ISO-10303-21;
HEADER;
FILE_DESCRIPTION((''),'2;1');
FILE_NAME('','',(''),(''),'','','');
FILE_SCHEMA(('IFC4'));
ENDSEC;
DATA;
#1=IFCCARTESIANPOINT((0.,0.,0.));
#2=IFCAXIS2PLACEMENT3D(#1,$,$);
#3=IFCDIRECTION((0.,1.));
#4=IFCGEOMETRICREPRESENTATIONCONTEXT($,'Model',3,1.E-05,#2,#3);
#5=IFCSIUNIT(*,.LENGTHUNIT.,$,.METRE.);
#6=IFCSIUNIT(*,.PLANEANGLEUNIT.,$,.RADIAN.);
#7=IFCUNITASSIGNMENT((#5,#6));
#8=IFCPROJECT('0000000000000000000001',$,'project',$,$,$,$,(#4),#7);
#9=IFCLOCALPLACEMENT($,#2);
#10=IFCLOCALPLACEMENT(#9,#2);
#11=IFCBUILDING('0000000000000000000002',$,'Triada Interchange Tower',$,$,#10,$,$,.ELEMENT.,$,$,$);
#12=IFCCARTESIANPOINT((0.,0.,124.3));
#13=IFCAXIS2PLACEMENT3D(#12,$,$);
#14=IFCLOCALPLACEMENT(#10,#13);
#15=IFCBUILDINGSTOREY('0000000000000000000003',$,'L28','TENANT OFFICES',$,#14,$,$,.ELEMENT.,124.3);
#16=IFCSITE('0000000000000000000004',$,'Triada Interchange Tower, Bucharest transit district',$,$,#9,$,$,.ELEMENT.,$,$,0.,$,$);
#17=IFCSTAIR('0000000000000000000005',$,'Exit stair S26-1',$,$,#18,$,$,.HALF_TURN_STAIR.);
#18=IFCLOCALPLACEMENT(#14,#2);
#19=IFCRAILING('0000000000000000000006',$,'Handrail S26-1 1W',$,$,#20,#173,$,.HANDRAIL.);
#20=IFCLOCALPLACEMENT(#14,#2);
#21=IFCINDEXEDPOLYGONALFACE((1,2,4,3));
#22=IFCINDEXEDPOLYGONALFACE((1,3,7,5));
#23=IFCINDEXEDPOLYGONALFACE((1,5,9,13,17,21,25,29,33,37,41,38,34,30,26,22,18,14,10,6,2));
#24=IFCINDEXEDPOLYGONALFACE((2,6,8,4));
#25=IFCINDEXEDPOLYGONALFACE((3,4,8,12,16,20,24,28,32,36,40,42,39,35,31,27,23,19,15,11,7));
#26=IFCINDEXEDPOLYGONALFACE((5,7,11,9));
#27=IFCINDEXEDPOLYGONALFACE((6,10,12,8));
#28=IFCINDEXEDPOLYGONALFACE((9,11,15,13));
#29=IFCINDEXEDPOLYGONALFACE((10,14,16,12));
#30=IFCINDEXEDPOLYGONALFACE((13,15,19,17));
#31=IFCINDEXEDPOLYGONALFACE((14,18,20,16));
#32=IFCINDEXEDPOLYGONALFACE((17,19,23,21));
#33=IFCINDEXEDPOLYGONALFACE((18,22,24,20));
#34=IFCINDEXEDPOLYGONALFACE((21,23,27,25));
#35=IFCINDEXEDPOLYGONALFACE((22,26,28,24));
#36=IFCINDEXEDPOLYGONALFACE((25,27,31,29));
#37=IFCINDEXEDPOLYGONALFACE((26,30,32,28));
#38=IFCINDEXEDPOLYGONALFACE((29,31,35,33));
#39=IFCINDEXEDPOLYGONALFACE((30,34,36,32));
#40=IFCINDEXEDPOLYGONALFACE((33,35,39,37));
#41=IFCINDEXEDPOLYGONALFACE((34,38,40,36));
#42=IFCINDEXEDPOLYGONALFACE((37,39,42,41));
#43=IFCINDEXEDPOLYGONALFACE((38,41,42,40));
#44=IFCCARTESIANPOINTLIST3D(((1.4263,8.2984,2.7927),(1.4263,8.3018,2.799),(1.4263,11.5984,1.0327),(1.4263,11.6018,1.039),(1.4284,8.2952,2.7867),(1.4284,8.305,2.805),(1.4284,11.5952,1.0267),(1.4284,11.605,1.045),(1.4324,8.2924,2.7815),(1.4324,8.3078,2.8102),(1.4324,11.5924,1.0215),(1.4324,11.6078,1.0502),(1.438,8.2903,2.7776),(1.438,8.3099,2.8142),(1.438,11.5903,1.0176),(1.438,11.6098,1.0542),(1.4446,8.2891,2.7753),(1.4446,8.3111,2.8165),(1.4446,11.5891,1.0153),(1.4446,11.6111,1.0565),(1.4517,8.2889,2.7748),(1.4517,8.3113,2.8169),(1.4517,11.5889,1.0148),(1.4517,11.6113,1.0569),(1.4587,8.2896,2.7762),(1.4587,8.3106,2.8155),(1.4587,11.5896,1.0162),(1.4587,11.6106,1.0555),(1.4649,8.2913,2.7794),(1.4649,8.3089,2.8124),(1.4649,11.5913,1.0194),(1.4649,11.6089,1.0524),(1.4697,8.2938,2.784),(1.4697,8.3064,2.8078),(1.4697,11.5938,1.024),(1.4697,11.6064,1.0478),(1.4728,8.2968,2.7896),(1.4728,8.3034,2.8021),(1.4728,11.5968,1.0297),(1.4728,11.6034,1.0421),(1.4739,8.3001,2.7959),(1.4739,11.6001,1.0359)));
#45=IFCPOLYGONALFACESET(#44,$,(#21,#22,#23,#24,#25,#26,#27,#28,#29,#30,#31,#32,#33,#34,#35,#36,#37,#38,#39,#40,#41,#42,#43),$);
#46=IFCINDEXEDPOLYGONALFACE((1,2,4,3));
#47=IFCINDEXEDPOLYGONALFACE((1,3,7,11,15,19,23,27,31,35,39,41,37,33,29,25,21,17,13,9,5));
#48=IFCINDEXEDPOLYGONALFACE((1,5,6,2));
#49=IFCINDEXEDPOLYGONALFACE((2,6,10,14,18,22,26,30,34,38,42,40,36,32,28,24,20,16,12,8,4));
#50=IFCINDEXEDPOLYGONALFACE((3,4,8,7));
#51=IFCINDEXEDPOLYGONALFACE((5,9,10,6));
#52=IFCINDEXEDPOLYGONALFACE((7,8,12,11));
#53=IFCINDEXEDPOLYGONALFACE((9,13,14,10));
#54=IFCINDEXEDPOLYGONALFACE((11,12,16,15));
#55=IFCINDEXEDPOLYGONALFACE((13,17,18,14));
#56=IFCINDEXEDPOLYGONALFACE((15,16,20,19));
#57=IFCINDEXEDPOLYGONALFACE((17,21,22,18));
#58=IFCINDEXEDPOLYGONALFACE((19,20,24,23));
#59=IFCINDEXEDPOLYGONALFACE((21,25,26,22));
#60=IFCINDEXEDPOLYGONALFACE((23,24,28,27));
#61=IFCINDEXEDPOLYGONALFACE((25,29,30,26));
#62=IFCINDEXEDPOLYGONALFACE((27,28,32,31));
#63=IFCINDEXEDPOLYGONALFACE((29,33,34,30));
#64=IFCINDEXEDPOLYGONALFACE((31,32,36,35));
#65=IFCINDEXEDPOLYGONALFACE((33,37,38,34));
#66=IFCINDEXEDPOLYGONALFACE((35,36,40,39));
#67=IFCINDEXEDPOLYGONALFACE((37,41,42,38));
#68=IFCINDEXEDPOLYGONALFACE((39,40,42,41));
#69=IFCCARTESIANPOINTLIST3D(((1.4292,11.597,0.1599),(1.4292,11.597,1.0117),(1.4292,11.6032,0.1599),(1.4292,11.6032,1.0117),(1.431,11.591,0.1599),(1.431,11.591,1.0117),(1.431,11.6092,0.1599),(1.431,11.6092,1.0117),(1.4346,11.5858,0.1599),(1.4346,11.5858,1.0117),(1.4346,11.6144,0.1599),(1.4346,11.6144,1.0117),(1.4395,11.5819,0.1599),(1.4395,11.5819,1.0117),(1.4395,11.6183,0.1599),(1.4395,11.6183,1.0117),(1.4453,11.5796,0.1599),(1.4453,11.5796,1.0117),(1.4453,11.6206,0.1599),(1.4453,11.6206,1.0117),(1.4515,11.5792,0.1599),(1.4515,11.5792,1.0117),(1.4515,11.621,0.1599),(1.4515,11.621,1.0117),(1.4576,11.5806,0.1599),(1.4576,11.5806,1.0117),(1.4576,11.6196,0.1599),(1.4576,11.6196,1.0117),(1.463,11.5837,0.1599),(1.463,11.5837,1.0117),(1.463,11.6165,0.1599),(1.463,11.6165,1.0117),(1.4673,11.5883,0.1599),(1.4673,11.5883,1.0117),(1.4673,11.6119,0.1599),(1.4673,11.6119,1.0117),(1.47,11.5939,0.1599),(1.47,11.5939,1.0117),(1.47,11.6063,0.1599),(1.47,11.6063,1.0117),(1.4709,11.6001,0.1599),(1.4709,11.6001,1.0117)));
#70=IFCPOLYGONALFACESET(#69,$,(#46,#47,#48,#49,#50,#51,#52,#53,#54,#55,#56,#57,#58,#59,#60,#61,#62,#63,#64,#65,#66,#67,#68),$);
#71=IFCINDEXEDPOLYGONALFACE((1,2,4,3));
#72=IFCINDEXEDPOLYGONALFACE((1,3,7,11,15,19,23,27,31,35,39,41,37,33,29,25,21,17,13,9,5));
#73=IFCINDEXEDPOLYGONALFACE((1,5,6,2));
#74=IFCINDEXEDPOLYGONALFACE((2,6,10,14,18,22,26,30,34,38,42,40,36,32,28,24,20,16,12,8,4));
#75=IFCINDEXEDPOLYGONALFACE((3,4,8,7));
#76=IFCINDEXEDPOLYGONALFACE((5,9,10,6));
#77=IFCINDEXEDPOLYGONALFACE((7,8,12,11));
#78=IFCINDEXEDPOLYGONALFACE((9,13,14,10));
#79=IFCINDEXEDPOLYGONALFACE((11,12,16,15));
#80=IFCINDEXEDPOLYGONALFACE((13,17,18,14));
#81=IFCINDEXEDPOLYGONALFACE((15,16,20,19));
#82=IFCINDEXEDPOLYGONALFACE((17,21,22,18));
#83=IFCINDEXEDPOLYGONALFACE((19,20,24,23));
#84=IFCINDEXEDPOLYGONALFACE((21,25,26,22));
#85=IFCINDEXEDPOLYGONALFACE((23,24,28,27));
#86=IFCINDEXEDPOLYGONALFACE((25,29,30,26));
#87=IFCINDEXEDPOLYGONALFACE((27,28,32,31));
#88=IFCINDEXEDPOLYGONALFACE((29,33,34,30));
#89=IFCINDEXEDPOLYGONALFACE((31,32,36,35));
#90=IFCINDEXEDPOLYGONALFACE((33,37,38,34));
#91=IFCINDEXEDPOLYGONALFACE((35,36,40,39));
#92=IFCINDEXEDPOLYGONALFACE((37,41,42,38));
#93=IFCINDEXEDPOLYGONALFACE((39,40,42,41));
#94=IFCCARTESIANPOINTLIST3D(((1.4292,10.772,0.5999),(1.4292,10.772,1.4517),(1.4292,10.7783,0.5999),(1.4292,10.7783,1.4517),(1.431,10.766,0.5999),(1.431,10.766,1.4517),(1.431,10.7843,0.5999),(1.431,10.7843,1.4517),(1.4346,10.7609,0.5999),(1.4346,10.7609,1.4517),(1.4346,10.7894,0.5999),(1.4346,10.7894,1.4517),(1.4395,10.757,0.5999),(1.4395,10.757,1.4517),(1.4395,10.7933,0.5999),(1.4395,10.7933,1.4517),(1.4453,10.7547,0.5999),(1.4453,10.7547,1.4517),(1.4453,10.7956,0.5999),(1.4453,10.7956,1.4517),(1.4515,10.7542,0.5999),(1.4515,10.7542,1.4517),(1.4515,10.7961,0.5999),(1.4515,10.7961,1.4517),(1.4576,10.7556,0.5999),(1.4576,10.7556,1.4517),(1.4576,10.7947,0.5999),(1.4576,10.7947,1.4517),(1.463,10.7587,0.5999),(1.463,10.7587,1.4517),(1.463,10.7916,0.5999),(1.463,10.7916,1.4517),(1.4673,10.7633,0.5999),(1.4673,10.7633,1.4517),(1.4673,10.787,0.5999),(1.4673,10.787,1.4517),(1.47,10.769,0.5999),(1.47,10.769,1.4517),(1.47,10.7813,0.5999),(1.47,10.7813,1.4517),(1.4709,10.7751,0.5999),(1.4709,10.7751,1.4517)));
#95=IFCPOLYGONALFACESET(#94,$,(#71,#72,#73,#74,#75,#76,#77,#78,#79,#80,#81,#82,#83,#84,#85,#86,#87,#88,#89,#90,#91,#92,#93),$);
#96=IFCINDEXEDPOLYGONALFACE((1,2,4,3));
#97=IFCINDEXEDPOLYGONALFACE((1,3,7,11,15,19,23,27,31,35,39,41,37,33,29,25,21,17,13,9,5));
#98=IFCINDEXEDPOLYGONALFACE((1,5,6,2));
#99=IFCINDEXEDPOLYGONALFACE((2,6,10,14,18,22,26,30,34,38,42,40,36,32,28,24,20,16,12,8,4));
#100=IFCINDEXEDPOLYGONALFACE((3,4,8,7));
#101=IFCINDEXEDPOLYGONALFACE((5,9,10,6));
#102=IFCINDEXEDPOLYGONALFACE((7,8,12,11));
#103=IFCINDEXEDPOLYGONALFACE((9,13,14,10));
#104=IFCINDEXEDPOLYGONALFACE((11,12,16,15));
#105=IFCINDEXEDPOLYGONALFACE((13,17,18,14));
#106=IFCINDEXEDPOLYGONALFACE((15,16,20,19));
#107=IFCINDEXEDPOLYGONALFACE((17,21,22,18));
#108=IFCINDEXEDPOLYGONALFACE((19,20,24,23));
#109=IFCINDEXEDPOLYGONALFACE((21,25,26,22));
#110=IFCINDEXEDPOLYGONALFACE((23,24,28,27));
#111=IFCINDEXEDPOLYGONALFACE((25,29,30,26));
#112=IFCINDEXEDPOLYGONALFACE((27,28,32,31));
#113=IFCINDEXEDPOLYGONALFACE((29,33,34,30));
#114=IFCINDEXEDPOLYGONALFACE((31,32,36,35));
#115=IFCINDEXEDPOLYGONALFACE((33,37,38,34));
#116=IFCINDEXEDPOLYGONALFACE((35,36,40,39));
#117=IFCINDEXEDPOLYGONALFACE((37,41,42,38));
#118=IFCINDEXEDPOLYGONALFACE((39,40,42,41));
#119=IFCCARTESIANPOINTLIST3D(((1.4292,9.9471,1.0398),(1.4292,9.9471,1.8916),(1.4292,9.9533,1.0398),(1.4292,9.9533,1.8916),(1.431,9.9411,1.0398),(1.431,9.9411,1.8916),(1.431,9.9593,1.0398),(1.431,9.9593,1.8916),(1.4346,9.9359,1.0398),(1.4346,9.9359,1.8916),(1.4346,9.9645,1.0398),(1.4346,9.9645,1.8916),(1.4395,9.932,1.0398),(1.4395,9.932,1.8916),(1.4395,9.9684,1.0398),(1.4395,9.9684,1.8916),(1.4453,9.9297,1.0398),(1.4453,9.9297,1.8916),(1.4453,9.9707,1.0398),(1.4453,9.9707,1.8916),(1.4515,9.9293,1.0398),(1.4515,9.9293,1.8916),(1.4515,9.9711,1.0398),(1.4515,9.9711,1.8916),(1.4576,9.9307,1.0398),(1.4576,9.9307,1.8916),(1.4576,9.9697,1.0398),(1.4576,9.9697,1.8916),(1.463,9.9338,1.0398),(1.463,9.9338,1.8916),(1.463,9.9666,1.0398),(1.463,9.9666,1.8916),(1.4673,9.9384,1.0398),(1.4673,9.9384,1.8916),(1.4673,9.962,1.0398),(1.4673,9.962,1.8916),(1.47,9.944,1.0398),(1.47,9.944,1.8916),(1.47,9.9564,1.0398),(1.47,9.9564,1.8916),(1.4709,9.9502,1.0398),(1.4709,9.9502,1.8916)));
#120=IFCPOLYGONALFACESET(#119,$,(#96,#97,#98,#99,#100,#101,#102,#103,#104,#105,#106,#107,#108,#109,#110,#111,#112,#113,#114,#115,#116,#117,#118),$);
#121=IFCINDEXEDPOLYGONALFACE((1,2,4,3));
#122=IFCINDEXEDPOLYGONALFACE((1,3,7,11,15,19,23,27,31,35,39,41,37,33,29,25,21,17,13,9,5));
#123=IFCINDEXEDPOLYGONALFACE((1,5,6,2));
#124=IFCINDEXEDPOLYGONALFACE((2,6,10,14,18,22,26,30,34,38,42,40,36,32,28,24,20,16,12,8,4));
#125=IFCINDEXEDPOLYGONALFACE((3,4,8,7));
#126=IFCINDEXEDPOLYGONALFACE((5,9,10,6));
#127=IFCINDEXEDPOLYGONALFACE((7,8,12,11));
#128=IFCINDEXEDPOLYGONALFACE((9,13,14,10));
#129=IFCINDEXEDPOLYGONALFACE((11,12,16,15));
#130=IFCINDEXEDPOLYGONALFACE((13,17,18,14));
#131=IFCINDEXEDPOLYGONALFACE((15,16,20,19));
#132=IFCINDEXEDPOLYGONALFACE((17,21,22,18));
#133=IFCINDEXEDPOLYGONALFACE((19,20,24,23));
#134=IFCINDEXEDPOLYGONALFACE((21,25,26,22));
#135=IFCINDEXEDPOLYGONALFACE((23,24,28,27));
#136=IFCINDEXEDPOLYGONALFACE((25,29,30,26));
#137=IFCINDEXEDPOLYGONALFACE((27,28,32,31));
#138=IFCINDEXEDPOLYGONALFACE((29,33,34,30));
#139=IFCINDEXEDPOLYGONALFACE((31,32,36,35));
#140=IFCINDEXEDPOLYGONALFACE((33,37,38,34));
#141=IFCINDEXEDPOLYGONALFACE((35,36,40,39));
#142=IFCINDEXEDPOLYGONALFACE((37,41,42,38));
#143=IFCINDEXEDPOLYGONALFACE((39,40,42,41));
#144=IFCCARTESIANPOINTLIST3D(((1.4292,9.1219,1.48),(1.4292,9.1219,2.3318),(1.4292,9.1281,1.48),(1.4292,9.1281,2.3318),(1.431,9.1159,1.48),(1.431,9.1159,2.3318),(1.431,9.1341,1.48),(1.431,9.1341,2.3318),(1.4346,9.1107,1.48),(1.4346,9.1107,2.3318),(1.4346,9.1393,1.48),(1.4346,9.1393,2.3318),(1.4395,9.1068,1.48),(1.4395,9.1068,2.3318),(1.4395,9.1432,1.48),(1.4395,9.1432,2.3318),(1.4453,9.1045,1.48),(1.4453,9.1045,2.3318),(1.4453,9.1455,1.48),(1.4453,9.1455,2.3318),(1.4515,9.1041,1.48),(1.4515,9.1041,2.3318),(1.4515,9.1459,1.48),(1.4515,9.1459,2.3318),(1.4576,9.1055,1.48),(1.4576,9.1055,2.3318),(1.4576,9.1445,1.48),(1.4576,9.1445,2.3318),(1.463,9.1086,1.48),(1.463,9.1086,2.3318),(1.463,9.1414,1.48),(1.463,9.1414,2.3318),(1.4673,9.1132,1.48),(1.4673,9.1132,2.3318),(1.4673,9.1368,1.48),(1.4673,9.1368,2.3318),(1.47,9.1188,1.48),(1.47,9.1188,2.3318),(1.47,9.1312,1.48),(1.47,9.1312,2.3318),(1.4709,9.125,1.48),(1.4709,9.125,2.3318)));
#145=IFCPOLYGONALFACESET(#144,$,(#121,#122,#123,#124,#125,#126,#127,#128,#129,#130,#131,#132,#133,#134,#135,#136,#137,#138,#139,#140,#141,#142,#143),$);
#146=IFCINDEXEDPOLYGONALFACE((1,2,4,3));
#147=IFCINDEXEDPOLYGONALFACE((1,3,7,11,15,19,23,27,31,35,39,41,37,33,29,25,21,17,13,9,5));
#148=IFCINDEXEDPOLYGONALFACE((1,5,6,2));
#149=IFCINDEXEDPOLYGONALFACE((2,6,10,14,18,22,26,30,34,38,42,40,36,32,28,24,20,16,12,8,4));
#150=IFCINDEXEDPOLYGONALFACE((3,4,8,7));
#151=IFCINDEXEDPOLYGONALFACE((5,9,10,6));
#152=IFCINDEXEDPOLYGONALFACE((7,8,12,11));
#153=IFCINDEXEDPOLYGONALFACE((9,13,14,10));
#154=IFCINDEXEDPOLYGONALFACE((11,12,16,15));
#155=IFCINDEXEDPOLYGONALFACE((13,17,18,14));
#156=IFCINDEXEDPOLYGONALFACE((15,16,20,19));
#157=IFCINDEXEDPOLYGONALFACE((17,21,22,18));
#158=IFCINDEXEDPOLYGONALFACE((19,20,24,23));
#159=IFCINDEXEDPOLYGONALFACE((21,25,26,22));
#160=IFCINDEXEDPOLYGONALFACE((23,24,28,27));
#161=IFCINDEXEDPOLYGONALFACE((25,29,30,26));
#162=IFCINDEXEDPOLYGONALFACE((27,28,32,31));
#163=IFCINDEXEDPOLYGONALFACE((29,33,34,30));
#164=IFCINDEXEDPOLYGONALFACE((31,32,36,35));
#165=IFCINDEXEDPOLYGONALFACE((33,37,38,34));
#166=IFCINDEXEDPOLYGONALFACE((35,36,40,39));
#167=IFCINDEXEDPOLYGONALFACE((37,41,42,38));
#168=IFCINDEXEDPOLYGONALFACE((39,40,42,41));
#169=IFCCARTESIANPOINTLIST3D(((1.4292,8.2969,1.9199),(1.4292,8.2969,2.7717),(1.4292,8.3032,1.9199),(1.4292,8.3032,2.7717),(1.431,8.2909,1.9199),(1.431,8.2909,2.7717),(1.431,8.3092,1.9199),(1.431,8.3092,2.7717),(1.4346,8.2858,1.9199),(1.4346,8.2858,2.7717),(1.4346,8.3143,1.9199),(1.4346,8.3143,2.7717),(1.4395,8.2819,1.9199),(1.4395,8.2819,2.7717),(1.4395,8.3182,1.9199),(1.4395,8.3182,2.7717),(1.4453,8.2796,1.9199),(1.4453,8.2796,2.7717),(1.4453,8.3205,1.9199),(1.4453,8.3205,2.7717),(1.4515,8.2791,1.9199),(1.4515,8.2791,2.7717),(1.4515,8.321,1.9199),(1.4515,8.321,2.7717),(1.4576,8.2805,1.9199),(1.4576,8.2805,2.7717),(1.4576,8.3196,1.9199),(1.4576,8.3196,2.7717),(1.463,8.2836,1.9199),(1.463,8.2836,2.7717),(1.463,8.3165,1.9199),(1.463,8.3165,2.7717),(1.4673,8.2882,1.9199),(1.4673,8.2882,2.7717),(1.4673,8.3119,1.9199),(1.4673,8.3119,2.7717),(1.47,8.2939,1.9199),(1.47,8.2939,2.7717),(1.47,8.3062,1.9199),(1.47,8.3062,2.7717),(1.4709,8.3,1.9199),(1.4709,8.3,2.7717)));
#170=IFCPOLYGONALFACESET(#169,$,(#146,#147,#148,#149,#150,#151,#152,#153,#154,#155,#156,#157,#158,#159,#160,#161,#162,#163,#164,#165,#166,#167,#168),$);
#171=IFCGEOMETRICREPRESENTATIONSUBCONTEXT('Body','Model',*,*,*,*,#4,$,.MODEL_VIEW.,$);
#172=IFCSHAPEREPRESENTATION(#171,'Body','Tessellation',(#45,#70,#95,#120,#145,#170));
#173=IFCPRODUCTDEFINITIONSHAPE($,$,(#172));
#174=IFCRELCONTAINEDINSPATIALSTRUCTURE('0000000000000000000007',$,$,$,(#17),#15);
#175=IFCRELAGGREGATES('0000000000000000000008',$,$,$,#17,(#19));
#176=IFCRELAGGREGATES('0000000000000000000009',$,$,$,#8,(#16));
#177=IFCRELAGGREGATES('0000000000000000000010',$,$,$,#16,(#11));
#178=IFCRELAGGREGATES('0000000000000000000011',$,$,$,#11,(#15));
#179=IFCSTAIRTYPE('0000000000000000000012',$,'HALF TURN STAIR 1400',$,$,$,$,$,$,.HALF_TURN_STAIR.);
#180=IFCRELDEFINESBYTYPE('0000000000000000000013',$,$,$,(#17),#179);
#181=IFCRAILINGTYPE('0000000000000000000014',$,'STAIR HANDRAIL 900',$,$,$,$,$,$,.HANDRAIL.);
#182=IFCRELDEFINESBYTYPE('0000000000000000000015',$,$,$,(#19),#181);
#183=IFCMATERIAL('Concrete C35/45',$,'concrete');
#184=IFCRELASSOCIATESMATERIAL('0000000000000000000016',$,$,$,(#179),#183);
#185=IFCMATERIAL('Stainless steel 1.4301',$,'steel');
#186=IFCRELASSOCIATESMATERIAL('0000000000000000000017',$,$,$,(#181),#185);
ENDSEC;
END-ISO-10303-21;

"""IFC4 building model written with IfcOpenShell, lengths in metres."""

from ifc_helpers import new_model, si_unit, direction, frame, origin, origin_2d, place, context, subcontext, project, spatial, circle, extrude, material, type_object, element, aggregate, save


model = new_model("IFC4")

# Units and contexts
model_context = context("Model", 3, precision=1e-05, world=origin(), true_north=direction((0.0, 1.0)))
body_context = subcontext(model_context, "Body", "Model", "MODEL_VIEW")
ifc_project = project(units=[si_unit("LENGTHUNIT", "METRE"), si_unit("PLANEANGLEUNIT", "RADIAN")], contexts=[model_context])

# Site, building, storey
site_placement = place(None, origin())
site = spatial("IfcSite", under=ifc_project, at=site_placement, Name="Triada Interchange Tower, Bucharest transit district", CompositionType="ELEMENT", RefElevation=0.0)
building_placement = place(site_placement, origin())
building = spatial("IfcBuilding", under=site, at=building_placement, Name="Triada Interchange Tower", CompositionType="ELEMENT")
storey_placement = place(building_placement, frame((0.0, 0.0, 124.3)))
storey = spatial("IfcBuildingStorey", under=building, at=storey_placement, Name="L28", Description="TENANT OFFICES", CompositionType="ELEMENT", Elevation=124.3)

# Stair
ifc_material_1 = material(Name="Concrete C35/45", Category="concrete")
stair_type = type_object("IfcStairType", Name="HALF TURN STAIR 1400", PredefinedType="HALF_TURN_STAIR", material=ifc_material_1)
stair_placement = place(storey_placement, origin())
stair = element("IfcStair", 1, at=stair_placement, inside=storey, type_object=stair_type, Name="Exit stair S26-1", PredefinedType="HALF_TURN_STAIR")

# Railing
ifc_material_2 = material(Name="Stainless steel 1.4301", Category="steel")
railing_type = type_object("IfcRailingType", Name="STAIR HANDRAIL 900", PredefinedType="HANDRAIL", material=ifc_material_2)
railing_1_placement = place(storey_placement, frame((1.45, 11.6001, 0.1599)))
railing_1 = element("IfcRailing", 2, at=railing_1_placement, type_object=railing_type, Name="Handrail S26-1 1W", PredefinedType="HANDRAIL", context=body_context, shape_type="SweptSolid", body=[
    extrude(circle(Radius=0.0239, at=origin_2d()), frame((0.0, 0.0, 0.876), z_axis=(0.0, -0.882355, 0.470585), x_axis=(1.0, 0.0, 0.0)), (0.0, 0.0, 1.0), 3.74),
    extrude(circle(Radius=0.021, at=origin_2d()), origin(), (0.0, 0.0, 1.0), 0.8518),
    extrude(circle(Radius=0.021, at=origin_2d()), frame((0.0, -0.825, 0.4399)), (0.0, 0.0, 1.0), 0.8518),
    extrude(circle(Radius=0.021, at=origin_2d()), frame((0.0, -1.6499, 0.8799)), (0.0, 0.0, 1.0), 0.8518),
    extrude(circle(Radius=0.021, at=origin_2d()), frame((0.0, -2.4751, 1.3201)), (0.0, 0.0, 1.0), 0.8518),
    extrude(circle(Radius=0.021, at=origin_2d()), frame((0.0, -3.3, 1.76)), (0.0, 0.0, 1.0), 0.8518),
])
aggregate(stair, [railing_1])

save(model, "model.ifc")
